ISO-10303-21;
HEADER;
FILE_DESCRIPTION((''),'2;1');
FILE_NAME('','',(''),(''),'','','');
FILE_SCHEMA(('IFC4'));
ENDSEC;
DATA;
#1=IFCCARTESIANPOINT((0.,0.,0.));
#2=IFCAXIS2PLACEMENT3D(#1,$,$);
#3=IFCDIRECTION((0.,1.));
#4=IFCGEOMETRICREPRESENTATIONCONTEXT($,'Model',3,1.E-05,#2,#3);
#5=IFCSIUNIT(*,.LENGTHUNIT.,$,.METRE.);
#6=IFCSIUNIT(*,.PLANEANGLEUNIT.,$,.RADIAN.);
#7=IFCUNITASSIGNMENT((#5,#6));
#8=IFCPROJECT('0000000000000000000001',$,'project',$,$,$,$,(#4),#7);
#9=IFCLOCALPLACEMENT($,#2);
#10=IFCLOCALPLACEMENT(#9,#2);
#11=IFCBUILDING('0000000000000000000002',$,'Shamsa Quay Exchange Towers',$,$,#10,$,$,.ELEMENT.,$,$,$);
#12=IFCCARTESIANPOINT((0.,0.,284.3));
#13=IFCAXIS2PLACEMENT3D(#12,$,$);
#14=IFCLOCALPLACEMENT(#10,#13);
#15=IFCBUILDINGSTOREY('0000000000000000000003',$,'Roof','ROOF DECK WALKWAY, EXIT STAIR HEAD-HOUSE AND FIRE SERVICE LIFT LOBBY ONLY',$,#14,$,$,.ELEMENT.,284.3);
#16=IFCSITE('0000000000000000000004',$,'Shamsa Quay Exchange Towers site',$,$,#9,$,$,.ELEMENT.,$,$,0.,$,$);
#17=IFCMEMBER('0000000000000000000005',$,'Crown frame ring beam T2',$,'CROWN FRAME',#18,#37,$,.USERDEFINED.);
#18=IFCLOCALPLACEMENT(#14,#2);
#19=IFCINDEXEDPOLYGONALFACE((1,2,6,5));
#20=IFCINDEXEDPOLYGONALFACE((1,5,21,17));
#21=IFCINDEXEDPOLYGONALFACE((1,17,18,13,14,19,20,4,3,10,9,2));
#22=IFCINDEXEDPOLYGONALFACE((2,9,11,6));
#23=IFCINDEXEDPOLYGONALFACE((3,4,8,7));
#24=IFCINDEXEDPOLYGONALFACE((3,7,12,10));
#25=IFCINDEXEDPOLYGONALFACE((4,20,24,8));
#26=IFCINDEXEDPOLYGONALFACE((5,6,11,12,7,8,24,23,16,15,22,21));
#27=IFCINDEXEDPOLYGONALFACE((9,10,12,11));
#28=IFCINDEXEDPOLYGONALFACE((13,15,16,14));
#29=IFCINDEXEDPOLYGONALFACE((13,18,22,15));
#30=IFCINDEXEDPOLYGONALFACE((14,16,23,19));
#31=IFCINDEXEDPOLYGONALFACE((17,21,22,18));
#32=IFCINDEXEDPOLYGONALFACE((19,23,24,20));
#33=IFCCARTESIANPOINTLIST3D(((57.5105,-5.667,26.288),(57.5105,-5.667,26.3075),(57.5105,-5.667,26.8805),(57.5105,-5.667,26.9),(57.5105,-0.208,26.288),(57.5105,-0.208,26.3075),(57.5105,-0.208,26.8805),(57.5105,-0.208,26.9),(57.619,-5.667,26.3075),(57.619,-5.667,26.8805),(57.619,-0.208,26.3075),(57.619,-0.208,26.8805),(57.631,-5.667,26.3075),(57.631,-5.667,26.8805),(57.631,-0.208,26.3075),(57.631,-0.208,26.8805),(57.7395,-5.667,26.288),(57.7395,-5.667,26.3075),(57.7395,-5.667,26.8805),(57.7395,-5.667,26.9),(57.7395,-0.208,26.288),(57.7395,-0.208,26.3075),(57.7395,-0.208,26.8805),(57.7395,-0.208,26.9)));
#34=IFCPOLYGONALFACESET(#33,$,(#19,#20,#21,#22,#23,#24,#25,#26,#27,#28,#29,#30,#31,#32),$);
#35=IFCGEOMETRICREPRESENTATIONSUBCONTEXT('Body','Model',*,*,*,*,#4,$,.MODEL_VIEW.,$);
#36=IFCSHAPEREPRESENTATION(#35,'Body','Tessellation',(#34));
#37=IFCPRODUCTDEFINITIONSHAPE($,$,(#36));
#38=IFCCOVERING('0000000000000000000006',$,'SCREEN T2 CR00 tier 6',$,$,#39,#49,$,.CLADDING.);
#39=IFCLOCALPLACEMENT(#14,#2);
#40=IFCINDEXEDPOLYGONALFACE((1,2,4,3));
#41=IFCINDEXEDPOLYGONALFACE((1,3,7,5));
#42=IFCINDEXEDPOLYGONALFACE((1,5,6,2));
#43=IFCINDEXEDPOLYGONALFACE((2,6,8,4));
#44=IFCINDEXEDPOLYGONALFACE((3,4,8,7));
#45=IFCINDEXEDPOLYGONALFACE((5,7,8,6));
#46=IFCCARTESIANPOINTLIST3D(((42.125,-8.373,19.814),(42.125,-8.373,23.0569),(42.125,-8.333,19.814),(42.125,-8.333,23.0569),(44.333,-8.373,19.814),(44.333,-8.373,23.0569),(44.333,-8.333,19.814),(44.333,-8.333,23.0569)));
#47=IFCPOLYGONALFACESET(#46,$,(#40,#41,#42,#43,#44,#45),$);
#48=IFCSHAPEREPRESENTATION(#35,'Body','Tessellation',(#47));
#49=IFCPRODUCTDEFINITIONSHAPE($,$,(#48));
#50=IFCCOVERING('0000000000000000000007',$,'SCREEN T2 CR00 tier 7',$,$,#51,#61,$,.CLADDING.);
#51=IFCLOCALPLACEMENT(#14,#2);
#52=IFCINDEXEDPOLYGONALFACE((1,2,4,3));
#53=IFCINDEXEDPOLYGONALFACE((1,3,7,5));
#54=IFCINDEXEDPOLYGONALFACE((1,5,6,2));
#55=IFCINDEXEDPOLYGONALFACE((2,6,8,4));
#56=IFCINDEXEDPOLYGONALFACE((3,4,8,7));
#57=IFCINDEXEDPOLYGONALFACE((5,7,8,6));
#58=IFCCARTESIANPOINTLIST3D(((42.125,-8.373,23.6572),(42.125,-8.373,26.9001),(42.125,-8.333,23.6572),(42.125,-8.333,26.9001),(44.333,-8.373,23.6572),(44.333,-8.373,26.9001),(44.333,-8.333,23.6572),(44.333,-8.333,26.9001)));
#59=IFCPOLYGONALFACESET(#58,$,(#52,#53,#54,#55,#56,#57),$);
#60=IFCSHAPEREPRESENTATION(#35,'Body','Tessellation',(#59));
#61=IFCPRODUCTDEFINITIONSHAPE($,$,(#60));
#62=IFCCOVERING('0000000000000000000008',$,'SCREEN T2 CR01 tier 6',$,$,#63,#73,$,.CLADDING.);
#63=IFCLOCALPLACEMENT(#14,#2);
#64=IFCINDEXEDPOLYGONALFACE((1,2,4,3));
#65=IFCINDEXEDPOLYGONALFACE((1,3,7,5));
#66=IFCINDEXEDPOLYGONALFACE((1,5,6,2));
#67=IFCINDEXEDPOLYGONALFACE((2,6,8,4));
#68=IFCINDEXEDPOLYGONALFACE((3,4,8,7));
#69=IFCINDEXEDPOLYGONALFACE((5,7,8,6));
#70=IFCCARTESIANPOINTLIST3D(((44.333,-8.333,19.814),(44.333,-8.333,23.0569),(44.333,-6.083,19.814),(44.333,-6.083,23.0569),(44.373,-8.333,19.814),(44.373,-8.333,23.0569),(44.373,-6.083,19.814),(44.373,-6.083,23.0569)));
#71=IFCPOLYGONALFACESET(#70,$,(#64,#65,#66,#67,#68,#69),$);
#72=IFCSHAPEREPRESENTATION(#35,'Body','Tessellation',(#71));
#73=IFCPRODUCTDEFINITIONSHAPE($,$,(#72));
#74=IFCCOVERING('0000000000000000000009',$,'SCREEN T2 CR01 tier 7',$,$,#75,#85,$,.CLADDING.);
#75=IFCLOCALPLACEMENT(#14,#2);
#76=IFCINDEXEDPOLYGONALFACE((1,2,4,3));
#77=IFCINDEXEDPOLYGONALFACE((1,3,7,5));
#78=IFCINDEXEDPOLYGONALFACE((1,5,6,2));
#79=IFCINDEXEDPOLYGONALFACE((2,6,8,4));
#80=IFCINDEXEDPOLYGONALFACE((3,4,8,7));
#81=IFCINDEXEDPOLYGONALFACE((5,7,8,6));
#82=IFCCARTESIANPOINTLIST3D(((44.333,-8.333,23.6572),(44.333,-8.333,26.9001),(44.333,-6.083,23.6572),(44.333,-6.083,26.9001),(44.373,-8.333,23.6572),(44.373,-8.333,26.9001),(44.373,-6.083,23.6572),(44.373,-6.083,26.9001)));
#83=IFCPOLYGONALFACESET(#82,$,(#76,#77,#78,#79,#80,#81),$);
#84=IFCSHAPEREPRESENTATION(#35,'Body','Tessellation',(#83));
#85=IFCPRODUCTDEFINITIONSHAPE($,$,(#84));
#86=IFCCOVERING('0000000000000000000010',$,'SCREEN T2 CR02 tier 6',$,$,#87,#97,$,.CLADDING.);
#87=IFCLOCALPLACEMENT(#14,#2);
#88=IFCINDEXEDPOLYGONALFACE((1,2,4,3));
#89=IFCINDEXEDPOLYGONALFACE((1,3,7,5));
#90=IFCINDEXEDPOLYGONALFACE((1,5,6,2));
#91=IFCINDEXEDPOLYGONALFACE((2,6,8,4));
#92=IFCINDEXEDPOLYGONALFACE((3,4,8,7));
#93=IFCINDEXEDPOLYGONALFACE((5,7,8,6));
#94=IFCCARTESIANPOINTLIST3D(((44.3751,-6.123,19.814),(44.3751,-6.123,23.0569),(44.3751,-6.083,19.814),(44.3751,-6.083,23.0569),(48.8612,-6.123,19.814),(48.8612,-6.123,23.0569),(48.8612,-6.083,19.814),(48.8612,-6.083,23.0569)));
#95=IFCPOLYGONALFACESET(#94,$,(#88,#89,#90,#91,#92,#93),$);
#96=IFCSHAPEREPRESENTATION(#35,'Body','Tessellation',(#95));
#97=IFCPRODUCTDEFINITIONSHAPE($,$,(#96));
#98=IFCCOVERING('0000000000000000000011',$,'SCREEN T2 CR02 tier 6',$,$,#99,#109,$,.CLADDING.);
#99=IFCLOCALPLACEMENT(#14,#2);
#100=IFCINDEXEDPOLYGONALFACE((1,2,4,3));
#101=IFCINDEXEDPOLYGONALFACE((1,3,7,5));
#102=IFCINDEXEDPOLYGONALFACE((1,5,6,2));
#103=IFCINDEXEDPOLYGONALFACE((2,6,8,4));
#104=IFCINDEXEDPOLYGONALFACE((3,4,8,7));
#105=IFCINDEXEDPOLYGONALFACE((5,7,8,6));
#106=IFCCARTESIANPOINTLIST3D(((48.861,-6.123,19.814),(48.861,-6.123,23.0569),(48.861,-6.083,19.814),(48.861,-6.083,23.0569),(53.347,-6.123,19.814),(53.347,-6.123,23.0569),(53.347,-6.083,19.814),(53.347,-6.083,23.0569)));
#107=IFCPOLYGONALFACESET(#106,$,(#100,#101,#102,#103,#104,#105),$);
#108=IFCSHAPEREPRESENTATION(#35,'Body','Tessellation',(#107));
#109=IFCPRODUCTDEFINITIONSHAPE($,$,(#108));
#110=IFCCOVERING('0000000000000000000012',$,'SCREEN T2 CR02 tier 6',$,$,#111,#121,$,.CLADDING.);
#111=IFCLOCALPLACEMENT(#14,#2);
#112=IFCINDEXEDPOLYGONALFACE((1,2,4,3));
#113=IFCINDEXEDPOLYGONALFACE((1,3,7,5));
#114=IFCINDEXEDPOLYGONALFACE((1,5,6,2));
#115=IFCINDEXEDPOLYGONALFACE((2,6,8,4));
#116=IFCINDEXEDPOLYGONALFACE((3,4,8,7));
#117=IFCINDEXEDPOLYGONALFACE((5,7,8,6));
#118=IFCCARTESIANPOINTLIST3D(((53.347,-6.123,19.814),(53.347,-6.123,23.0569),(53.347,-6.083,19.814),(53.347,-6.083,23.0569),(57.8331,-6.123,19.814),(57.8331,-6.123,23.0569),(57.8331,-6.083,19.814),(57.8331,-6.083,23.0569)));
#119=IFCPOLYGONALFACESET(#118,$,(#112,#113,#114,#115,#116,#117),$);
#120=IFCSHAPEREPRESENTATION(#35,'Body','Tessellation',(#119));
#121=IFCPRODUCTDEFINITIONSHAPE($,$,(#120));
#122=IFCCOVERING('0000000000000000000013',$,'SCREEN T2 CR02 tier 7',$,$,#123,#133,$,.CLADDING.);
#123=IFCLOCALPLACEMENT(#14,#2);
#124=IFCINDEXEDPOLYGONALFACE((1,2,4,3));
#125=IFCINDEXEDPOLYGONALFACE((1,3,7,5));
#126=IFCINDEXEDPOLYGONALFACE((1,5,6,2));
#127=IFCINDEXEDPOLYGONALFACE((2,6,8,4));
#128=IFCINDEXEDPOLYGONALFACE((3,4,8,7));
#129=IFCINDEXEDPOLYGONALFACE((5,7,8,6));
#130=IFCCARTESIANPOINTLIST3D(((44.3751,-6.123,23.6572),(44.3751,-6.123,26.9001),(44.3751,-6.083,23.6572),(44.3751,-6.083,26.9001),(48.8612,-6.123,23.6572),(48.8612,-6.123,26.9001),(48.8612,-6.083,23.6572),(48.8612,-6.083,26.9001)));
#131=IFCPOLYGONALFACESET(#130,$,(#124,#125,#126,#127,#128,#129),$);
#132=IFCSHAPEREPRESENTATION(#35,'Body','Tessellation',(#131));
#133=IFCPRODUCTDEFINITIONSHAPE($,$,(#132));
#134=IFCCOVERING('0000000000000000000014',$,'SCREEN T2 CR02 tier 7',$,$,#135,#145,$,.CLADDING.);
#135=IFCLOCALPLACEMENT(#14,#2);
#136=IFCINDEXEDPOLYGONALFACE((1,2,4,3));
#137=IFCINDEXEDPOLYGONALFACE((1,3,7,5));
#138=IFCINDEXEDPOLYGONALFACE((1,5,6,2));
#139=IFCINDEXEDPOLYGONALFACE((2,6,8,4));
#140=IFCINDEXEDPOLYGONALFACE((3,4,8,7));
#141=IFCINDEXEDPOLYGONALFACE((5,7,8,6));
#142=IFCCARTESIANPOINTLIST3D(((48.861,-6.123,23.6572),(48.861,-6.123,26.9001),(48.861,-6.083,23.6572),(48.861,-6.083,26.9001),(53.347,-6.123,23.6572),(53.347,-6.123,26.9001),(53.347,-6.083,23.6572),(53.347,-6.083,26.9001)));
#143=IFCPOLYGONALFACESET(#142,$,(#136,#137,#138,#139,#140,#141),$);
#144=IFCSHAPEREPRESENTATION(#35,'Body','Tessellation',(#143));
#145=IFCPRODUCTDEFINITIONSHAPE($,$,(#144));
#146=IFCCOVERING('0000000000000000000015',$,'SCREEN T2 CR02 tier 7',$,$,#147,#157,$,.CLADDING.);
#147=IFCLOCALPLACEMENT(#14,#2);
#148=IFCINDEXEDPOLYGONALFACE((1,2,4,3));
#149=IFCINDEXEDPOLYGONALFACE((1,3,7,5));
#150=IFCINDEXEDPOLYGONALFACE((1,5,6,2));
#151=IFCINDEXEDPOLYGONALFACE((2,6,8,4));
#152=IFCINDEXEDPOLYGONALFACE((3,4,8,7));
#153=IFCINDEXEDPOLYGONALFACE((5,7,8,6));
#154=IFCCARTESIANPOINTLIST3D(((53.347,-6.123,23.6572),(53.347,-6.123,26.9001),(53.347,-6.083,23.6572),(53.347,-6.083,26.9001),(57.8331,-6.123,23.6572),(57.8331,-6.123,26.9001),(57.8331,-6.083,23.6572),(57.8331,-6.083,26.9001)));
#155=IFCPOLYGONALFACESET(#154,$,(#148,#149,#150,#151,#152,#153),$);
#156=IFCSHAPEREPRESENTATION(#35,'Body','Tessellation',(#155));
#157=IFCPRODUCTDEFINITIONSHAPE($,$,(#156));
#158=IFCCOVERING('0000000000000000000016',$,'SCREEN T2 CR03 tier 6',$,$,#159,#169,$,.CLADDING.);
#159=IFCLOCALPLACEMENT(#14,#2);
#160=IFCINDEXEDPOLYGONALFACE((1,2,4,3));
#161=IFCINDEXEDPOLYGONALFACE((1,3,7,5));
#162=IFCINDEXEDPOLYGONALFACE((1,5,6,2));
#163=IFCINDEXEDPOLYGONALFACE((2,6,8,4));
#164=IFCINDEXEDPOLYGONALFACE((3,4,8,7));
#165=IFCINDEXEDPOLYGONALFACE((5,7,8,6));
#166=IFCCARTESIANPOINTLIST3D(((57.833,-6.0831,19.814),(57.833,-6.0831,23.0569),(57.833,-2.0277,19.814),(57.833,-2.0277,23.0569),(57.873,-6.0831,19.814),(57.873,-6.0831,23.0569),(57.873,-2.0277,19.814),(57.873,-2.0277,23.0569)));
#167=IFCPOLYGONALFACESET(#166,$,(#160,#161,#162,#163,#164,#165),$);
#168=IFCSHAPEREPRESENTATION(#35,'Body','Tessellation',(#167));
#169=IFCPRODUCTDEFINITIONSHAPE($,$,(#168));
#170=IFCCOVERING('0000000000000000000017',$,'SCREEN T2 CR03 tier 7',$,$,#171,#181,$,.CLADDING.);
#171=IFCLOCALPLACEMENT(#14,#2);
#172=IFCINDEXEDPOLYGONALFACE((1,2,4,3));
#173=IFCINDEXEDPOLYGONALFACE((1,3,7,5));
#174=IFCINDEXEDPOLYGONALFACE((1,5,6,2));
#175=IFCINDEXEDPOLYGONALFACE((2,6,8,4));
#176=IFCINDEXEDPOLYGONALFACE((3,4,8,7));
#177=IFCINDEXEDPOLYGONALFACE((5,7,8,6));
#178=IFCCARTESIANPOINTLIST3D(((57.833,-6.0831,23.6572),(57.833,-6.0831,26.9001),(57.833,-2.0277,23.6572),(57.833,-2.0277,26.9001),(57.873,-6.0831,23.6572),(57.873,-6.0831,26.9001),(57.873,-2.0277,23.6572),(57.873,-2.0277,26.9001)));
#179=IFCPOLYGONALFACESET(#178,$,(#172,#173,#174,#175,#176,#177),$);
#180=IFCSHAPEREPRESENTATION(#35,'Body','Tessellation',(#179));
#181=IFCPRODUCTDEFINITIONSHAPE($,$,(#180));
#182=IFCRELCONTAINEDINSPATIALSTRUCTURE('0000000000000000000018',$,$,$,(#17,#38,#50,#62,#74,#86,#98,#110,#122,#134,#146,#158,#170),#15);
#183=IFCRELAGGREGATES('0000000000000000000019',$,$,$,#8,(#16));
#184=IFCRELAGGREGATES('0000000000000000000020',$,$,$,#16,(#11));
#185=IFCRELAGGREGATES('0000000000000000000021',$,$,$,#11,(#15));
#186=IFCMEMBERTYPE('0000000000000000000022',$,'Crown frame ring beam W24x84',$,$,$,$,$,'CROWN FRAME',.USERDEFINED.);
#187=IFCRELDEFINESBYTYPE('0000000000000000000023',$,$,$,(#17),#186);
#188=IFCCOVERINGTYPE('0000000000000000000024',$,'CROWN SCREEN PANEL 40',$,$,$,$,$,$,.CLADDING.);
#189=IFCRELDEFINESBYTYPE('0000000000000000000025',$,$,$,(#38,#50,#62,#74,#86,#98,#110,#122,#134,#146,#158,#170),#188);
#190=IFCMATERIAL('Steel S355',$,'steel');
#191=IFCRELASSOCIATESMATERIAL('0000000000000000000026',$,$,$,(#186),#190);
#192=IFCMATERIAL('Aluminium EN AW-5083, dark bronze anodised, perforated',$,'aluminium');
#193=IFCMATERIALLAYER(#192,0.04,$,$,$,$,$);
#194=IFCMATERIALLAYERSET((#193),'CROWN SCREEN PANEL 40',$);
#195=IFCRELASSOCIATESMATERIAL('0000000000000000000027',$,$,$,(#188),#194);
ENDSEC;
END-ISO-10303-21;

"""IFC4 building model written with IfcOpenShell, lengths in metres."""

from ifc_helpers import new_model, si_unit, direction, frame, origin, origin_2d, place, context, subcontext, project, spatial, rectangle, i_section, extrude, material, layer, layer_set, material_profile, profile_set, type_object, element, save


model = new_model("IFC4")

# Units and contexts
model_context = context("Model", 3, precision=1e-05, world=origin(), true_north=direction((0.0, 1.0)))
body_context = subcontext(model_context, "Body", "Model", "MODEL_VIEW")
ifc_project = project(units=[si_unit("LENGTHUNIT", "METRE"), si_unit("PLANEANGLEUNIT", "RADIAN")], contexts=[model_context])

# Site, building, storey
site_placement = place(None, origin())
site = spatial("IfcSite", under=ifc_project, at=site_placement, Name="Shamsa Quay Exchange Towers site", CompositionType="ELEMENT", RefElevation=0.0)
building_placement = place(site_placement, origin())
building = spatial("IfcBuilding", under=site, at=building_placement, Name="Shamsa Quay Exchange Towers", CompositionType="ELEMENT")
storey_placement = place(building_placement, frame((0.0, 0.0, 284.3)))
storey = spatial("IfcBuildingStorey", under=building, at=storey_placement, Name="Roof", Description="ROOF DECK WALKWAY, EXIT STAIR HEAD-HOUSE AND FIRE SERVICE LIFT LOBBY ONLY", CompositionType="ELEMENT", Elevation=284.3)

# Member
ifc_material_1 = material(Name="Steel S355", Category="steel")
ifc_material_profile_1 = material_profile(ifc_material_1, i_section(OverallWidth=0.229, OverallDepth=0.6121, WebThickness=0.012, FlangeThickness=0.0195, at=origin_2d()), Name="W24x84")
ifc_profile_set_1 = profile_set([ifc_material_profile_1], Name="Steel S355")
member_type_1 = type_object("IfcMemberType", Name="Crown frame ring beam W24x84", ElementType="CROWN FRAME", PredefinedType="USERDEFINED", material=ifc_profile_set_1)
for number, where, z_axis, x_axis, name in (
    (1, (57.625, -5.667, 26.594), (0.0, 1.0, 0.0), (-1.0, 0.0, 0.0), "Crown frame ring beam T2"),
):
    element("IfcMember", number, at=place(storey_placement, frame(where, z_axis=z_axis, x_axis=x_axis)), inside=storey, type_object=member_type_1, Name=name, ObjectType="CROWN FRAME", PredefinedType="USERDEFINED", context=body_context, shape_type="SweptSolid", body=[
        extrude(i_section(OverallWidth=0.229, OverallDepth=0.6121, WebThickness=0.012, FlangeThickness=0.0195, at=origin_2d()), origin(), (0.0, 0.0, 1.0), 5.459),
    ])

# Coverings
ifc_material_2 = material(Name="Aluminium EN AW-5083, dark bronze anodised, perforated", Category="aluminium")
ifc_layer = layer(ifc_material_2, 0.04)
ifc_layer_set = layer_set([ifc_layer], Name="CROWN SCREEN PANEL 40")
covering_type = type_object("IfcCoveringType", Name="CROWN SCREEN PANEL 40", PredefinedType="CLADDING", material=ifc_layer_set)
for number, where, name in (
    (2, (43.229, -8.353, 19.814), "SCREEN T2 CR00 tier 6"),
    (3, (43.229, -8.353, 23.6572), "SCREEN T2 CR00 tier 7"),
):
    element("IfcCovering", number, at=place(storey_placement, frame(where)), inside=storey, type_object=covering_type, Name=name, PredefinedType="CLADDING", context=body_context, shape_type="SweptSolid", body=[
        extrude(rectangle(XDim=2.208, YDim=0.04, at=origin_2d()), origin(), (0.0, 0.0, 1.0), 3.2429),
    ])
for number, where, z_axis, x_axis, name in (
    (4, (44.353, -7.208, 19.814), (0.0, 0.0, 1.0), (0.0, 1.0, 0.0), "SCREEN T2 CR01 tier 6"),
    (5, (44.353, -7.208, 23.6572), (0.0, 0.0, 1.0), (0.0, 1.0, 0.0), "SCREEN T2 CR01 tier 7"),
):
    element("IfcCovering", number, at=place(storey_placement, frame(where, z_axis=z_axis, x_axis=x_axis)), inside=storey, type_object=covering_type, Name=name, PredefinedType="CLADDING", context=body_context, shape_type="SweptSolid", body=[
        extrude(rectangle(XDim=2.25, YDim=0.04, at=origin_2d()), origin(), (0.0, 0.0, 1.0), 3.2429),
    ])
for number, where, name in (
    (6, (46.6182, -6.103, 19.814), "SCREEN T2 CR02 tier 6"),
    (7, (51.104, -6.103, 19.814), "SCREEN T2 CR02 tier 6"),
    (8, (55.5901, -6.103, 19.814), "SCREEN T2 CR02 tier 6"),
    (9, (46.6182, -6.103, 23.6572), "SCREEN T2 CR02 tier 7"),
    (10, (51.104, -6.103, 23.6572), "SCREEN T2 CR02 tier 7"),
    (11, (55.5901, -6.103, 23.6572), "SCREEN T2 CR02 tier 7"),
):
    element("IfcCovering", number, at=place(storey_placement, frame(where)), inside=storey, type_object=covering_type, Name=name, PredefinedType="CLADDING", context=body_context, shape_type="SweptSolid", body=[
        extrude(rectangle(XDim=4.4861, YDim=0.04, at=origin_2d()), origin(), (0.0, 0.0, 1.0), 3.2429),
    ])
for number, where, z_axis, x_axis, name in (
    (12, (57.853, -4.0554, 19.814), (0.0, 0.0, 1.0), (0.0, 1.0, 0.0), "SCREEN T2 CR03 tier 6"),
    (13, (57.853, -4.0554, 23.6572), (0.0, 0.0, 1.0), (0.0, 1.0, 0.0), "SCREEN T2 CR03 tier 7"),
):
    element("IfcCovering", number, at=place(storey_placement, frame(where, z_axis=z_axis, x_axis=x_axis)), inside=storey, type_object=covering_type, Name=name, PredefinedType="CLADDING", context=body_context, shape_type="SweptSolid", body=[
        extrude(rectangle(XDim=4.0554, YDim=0.04, at=origin_2d()), origin(), (0.0, 0.0, 1.0), 3.2429),
    ])

save(model, "model.ifc")
